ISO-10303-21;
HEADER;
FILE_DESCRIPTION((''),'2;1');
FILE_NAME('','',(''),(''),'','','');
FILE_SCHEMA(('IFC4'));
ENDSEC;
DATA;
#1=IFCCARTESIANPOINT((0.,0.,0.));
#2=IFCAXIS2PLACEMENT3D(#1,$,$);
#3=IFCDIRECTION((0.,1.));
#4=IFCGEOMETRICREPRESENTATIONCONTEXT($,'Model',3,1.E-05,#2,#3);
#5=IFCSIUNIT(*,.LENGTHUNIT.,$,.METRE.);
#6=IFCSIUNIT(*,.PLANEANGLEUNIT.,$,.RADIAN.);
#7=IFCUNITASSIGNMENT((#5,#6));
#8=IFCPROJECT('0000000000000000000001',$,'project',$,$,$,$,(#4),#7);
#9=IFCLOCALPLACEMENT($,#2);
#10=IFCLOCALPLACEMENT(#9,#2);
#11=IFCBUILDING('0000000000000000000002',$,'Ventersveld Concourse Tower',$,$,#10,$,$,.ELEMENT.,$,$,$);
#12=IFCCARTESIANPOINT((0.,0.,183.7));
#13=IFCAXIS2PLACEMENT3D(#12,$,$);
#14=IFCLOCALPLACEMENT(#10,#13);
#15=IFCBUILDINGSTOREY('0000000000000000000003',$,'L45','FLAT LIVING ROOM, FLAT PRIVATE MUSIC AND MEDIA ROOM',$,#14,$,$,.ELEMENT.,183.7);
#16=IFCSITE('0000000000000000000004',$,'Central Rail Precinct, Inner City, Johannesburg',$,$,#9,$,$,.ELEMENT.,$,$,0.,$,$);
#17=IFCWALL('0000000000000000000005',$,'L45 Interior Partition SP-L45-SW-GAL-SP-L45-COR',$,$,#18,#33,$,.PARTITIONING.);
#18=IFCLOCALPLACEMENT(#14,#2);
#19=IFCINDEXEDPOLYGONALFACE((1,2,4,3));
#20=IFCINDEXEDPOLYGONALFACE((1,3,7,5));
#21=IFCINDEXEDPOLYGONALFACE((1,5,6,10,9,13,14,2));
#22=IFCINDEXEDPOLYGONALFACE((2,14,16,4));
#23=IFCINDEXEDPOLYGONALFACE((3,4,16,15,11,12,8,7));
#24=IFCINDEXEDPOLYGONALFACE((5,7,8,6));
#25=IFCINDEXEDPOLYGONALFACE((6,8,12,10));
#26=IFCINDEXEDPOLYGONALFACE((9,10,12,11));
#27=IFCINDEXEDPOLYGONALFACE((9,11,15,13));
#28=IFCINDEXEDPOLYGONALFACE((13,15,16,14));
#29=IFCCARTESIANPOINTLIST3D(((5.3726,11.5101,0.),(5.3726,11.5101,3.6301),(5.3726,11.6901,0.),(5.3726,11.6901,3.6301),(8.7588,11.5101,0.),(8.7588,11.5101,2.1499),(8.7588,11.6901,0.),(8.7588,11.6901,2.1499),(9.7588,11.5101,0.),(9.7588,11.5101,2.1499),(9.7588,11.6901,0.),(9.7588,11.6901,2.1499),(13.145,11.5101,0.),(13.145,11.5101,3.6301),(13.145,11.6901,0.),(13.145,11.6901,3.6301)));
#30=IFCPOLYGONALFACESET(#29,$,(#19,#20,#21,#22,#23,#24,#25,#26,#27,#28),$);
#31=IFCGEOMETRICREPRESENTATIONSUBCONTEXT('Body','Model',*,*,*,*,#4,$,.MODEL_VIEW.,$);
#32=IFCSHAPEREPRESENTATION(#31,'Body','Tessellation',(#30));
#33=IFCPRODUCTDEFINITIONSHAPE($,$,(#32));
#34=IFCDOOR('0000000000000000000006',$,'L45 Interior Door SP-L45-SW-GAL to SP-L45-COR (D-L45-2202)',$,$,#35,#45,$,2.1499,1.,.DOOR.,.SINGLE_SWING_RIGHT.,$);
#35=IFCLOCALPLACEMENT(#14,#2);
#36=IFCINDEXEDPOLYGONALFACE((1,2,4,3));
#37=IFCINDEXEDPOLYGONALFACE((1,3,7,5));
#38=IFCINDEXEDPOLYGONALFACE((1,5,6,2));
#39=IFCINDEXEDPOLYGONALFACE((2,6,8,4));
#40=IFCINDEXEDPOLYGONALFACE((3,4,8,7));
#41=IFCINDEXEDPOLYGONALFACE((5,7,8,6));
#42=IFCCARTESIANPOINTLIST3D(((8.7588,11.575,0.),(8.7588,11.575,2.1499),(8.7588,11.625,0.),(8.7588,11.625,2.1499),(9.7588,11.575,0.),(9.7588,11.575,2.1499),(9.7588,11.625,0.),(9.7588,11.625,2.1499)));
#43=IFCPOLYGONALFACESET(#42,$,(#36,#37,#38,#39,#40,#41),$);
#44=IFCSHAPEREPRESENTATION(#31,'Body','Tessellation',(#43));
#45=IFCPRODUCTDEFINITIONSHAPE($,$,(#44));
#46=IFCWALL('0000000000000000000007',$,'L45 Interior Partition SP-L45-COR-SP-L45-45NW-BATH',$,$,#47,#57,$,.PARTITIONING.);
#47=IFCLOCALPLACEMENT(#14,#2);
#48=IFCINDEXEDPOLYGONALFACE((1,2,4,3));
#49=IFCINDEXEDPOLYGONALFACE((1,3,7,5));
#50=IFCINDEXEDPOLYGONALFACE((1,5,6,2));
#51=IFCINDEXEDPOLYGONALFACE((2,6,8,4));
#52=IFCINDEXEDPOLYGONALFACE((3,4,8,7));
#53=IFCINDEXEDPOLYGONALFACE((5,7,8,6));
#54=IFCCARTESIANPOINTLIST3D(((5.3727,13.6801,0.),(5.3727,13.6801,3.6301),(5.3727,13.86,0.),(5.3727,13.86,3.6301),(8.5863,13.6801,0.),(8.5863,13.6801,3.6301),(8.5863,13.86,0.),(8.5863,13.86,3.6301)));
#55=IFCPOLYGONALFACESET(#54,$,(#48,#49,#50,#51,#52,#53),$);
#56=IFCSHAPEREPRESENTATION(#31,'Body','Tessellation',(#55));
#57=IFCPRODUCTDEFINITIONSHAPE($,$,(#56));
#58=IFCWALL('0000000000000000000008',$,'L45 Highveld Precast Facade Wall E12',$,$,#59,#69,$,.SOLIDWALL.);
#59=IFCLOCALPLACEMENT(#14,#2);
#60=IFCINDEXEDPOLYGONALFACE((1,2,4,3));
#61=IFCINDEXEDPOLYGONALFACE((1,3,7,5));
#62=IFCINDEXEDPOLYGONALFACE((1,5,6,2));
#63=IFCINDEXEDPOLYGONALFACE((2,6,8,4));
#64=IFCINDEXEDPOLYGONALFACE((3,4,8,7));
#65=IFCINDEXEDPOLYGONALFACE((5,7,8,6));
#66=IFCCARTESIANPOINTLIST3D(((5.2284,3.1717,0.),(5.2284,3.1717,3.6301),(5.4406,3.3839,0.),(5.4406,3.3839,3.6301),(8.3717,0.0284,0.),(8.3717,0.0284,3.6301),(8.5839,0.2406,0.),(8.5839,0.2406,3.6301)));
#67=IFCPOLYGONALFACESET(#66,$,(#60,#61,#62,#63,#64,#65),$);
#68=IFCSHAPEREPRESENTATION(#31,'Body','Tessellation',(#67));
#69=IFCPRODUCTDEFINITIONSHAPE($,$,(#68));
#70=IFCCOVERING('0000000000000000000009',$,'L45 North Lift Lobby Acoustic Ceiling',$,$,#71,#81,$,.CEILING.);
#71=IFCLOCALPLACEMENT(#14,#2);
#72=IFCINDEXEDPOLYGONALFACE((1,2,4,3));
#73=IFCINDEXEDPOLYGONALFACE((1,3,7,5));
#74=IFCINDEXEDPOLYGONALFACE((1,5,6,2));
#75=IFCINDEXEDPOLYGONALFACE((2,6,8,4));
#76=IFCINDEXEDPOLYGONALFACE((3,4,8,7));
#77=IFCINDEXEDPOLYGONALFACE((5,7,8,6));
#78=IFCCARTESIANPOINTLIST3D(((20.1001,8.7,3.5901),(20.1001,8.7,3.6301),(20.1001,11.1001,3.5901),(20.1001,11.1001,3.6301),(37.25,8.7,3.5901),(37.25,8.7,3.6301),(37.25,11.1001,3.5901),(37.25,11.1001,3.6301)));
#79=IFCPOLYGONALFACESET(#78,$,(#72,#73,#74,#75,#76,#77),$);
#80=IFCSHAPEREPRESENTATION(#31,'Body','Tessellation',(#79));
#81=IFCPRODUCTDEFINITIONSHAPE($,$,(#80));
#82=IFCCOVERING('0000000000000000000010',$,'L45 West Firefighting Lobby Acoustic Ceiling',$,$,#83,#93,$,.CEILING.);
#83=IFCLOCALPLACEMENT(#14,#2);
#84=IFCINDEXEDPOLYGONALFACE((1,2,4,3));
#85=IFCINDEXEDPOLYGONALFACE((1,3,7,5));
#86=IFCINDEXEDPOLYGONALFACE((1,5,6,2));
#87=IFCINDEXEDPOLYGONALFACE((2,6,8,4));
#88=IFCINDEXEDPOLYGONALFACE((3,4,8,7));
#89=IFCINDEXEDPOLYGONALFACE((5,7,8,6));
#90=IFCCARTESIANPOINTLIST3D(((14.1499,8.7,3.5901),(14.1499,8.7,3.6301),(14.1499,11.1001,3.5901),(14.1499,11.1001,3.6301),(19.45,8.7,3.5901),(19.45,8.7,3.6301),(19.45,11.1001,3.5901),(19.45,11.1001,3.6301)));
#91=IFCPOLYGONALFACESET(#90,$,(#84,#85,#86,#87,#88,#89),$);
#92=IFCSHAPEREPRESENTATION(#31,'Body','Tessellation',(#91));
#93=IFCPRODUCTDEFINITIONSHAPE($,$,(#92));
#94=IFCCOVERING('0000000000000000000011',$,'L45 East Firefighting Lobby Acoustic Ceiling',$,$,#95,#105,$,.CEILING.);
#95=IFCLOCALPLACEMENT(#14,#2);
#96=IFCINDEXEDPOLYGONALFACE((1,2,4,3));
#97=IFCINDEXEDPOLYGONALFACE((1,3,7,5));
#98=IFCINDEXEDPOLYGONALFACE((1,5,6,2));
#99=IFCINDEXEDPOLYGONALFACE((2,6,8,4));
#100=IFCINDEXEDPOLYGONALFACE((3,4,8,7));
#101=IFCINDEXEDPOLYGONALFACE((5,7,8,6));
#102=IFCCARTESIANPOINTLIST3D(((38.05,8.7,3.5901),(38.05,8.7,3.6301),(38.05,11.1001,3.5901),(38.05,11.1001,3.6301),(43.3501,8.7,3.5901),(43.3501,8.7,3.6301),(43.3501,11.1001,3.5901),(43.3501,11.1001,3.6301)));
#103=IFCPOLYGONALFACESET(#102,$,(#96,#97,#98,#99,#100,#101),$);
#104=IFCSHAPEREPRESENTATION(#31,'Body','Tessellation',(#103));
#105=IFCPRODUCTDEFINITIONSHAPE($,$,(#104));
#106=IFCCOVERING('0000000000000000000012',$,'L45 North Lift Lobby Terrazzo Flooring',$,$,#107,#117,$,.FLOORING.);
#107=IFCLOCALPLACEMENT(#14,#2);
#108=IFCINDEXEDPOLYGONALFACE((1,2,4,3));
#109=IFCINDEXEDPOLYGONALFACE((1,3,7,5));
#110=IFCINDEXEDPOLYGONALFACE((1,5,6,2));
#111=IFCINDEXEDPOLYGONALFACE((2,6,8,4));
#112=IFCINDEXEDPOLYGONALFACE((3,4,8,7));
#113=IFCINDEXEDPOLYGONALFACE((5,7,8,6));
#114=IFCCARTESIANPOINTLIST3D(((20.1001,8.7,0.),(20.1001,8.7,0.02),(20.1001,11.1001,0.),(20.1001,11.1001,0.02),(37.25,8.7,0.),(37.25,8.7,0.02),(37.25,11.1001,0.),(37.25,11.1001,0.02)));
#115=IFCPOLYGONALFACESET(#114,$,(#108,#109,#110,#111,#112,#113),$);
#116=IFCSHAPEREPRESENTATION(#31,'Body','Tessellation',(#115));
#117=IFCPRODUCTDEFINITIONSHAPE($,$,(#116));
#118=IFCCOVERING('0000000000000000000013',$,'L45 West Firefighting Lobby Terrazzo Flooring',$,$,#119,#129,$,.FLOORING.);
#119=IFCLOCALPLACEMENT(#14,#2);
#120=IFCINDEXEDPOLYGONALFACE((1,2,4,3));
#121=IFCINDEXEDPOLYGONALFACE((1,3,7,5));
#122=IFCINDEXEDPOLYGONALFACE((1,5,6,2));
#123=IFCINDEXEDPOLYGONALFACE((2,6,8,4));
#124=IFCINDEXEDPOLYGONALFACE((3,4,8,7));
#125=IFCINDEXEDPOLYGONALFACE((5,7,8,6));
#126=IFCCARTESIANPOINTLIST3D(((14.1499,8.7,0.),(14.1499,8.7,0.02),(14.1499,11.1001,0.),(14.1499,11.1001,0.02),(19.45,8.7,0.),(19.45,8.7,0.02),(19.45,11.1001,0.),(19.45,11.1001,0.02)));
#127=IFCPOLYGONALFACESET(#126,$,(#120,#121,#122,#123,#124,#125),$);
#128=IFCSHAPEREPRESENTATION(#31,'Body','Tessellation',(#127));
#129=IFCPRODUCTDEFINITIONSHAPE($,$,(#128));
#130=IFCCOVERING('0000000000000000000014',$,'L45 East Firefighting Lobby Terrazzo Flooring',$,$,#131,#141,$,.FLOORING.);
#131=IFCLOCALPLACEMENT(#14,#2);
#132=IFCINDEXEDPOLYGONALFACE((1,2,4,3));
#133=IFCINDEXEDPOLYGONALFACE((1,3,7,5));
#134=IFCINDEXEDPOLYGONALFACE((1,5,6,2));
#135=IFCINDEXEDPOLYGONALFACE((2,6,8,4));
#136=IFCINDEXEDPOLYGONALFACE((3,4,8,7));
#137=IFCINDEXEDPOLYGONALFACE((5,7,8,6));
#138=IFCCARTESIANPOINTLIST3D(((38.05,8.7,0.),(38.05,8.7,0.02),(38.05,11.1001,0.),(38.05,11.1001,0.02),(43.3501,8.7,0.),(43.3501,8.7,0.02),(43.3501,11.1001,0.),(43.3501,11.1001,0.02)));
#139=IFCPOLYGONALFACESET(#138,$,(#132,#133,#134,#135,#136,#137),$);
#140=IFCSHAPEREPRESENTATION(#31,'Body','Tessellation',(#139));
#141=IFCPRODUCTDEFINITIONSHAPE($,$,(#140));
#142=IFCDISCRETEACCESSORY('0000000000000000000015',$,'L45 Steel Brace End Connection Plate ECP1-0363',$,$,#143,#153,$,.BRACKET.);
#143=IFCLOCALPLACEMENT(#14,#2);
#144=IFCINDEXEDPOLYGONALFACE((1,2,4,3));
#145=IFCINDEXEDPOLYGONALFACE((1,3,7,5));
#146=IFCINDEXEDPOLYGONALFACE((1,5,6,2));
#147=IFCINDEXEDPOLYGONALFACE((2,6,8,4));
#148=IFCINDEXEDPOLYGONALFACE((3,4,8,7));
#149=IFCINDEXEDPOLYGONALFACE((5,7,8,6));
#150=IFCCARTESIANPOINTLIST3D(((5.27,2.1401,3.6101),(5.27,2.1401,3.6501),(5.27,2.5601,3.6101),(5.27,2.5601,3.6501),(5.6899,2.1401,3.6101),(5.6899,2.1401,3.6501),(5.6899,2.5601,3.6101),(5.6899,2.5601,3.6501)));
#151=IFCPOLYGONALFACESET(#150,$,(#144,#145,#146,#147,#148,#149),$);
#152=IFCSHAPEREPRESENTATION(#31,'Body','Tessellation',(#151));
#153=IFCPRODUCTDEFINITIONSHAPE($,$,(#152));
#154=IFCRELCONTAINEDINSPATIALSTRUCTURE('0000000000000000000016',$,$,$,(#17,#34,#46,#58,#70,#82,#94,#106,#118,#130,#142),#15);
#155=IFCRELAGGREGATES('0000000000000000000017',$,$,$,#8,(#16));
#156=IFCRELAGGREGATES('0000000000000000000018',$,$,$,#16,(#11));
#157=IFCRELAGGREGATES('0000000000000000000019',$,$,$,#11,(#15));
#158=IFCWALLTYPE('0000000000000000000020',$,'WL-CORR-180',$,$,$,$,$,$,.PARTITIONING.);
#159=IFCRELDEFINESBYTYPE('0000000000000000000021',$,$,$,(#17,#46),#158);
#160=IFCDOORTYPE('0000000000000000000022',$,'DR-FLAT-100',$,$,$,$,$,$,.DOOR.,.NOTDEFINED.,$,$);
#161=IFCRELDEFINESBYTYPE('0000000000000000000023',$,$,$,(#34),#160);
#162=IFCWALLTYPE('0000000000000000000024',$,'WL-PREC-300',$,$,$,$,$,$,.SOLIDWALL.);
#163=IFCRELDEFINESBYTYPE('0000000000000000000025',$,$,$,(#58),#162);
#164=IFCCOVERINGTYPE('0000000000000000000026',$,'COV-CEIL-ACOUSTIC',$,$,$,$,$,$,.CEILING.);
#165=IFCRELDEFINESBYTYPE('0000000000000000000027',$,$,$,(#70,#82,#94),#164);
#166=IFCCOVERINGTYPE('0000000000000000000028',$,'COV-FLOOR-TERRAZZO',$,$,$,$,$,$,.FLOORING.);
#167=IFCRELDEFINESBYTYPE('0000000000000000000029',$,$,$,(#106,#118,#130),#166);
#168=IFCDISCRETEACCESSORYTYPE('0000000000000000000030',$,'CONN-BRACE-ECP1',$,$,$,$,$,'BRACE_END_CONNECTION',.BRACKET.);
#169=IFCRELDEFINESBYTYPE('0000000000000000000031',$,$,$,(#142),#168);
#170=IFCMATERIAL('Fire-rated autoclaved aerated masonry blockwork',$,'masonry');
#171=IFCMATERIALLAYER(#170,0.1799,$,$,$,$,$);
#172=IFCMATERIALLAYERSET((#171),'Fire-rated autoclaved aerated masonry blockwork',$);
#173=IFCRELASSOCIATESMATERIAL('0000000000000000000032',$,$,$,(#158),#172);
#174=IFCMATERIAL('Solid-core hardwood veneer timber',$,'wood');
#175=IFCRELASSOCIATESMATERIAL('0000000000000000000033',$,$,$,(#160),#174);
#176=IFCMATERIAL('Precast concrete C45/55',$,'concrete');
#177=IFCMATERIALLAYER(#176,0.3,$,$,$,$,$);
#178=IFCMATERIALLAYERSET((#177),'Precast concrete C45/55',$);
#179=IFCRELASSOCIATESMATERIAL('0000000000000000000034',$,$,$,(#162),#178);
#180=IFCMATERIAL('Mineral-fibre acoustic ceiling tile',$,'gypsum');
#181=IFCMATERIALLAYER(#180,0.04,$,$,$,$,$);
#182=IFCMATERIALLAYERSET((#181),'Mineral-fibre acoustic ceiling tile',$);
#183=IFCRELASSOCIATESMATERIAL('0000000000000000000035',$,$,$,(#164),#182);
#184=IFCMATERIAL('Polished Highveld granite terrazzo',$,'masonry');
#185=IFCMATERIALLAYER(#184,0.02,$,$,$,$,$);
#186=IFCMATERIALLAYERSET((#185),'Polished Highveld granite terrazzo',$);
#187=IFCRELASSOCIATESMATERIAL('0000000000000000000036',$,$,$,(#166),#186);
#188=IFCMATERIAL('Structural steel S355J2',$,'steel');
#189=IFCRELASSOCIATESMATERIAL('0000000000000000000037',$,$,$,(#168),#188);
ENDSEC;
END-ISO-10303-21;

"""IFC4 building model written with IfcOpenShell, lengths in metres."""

from ifc_helpers import new_model, si_unit, direction, frame, frame_2d, origin, origin_2d, place, context, subcontext, project, spatial, polyline, rectangle, outline, extrude, material, layer, layer_set, type_object, element, fill, save


model = new_model("IFC4")

# Units and contexts
model_context = context("Model", 3, precision=1e-05, world=origin(), true_north=direction((0.0, 1.0)))
body_context = subcontext(model_context, "Body", "Model", "MODEL_VIEW")
ifc_project = project(units=[si_unit("LENGTHUNIT", "METRE"), si_unit("PLANEANGLEUNIT", "RADIAN")], contexts=[model_context])

# Site, building, storey
site_placement = place(None, origin())
site = spatial("IfcSite", under=ifc_project, at=site_placement, Name="Central Rail Precinct, Inner City, Johannesburg", CompositionType="ELEMENT", RefElevation=0.0)
building_placement = place(site_placement, origin())
building = spatial("IfcBuilding", under=site, at=building_placement, Name="Ventersveld Concourse Tower", CompositionType="ELEMENT")
storey_placement = place(building_placement, frame((0.0, 0.0, 183.7)))
storey = spatial("IfcBuildingStorey", under=building, at=storey_placement, Name="L45", Description="FLAT LIVING ROOM, FLAT PRIVATE MUSIC AND MEDIA ROOM", CompositionType="ELEMENT", Elevation=183.7)

# Wall, opening, door
ifc_material_1 = material(Name="Fire-rated autoclaved aerated masonry blockwork", Category="masonry")
ifc_layer_1 = layer(ifc_material_1, 0.1799)
ifc_layer_set_1 = layer_set([ifc_layer_1], Name="Fire-rated autoclaved aerated masonry blockwork")
wall_type_1 = type_object("IfcWallType", Name="WL-CORR-180", PredefinedType="PARTITIONING", material=ifc_layer_set_1)
wall_1_placement = place(storey_placement, frame((5.3726, 11.6001, 0.0), z_axis=(0.0, 0.0, 1.0), x_axis=(1.0, 0.0, 0.0)))
wall_1 = element("IfcWall", 1, at=wall_1_placement, inside=storey, type_object=wall_type_1, Name="L45 Interior Partition SP-L45-SW-GAL-SP-L45-COR", PredefinedType="PARTITIONING", context=body_context, shape_type="SweptSolid", body=[
    extrude(rectangle(XDim=7.7725, YDim=0.1799, at=frame_2d((3.8862, 0.0))), origin(), (0.0, 0.0, 1.0), 3.6301),
])
opening_placement = place(wall_1_placement, frame((3.3862, 0.0, 0.0)))
opening = element("IfcOpeningElement", 2, at=opening_placement, cuts=wall_1, PredefinedType="OPENING", context=body_context, shape_type="SweptSolid", body=[
    extrude(rectangle(XDim=1.0, YDim=2.1499, at=frame_2d((0.5, 1.075))), frame((0.0, 0.1001, 0.0), z_axis=(0.0, -1.0, 0.0), x_axis=(1.0, 0.0, 0.0)), (0.0, 0.0, 1.0), 0.2),
])
ifc_material_2 = material(Name="Solid-core hardwood veneer timber", Category="wood")
door_type = type_object("IfcDoorType", Name="DR-FLAT-100", OperationType="NOTDEFINED", PredefinedType="DOOR", material=ifc_material_2)
door_placement = place(opening_placement, origin())
door = element("IfcDoor", 3, at=door_placement, inside=storey, type_object=door_type, Name="L45 Interior Door SP-L45-SW-GAL to SP-L45-COR (D-L45-2202)", OperationType="SINGLE_SWING_RIGHT", OverallHeight=2.1499, OverallWidth=1.0, PredefinedType="DOOR", context=body_context, shape_type="SweptSolid", body=[
    extrude(rectangle(XDim=1.0, YDim=2.1499, at=frame_2d((0.5, 1.075))), frame((0.0, 0.0249, 0.0), z_axis=(0.0, -1.0, 0.0), x_axis=(1.0, 0.0, 0.0)), (0.0, 0.0, 1.0), 0.05),
])
fill(opening, door)

# Walls
wall_2_placement = place(storey_placement, frame((5.3726, 13.77, 0.0), z_axis=(0.0, 0.0, 1.0), x_axis=(1.0, 0.0, 0.0)))
element("IfcWall", 4, at=wall_2_placement, inside=storey, type_object=wall_type_1, Name="L45 Interior Partition SP-L45-COR-SP-L45-45NW-BATH", PredefinedType="PARTITIONING", context=body_context, shape_type="SweptSolid", body=[
    extrude(rectangle(XDim=3.2136, YDim=0.1799, at=frame_2d((1.6069, 0.0))), origin(), (0.0, 0.0, 1.0), 3.6301),
])
ifc_material_3 = material(Name="Precast concrete C45/55", Category="concrete")
ifc_layer_2 = layer(ifc_material_3, 0.3)
ifc_layer_set_2 = layer_set([ifc_layer_2], Name="Precast concrete C45/55")
wall_type_2 = type_object("IfcWallType", Name="WL-PREC-300", PredefinedType="SOLIDWALL", material=ifc_layer_set_2)
wall_3_placement = place(storey_placement, frame((5.3345, 3.2778, 0.0), z_axis=(0.0, 0.0, 1.0), x_axis=(0.707107, -0.707107, 0.0)))
element("IfcWall", 5, at=wall_3_placement, inside=storey, type_object=wall_type_2, Name="L45 Highveld Precast Facade Wall E12", PredefinedType="SOLIDWALL", context=body_context, shape_type="SweptSolid", body=[
    extrude(rectangle(XDim=4.4453, YDim=0.3, at=frame_2d((2.2227, 0.0))), origin(), (0.0, 0.0, 1.0), 3.6301),
])

# Coverings
ifc_material_4 = material(Name="Mineral-fibre acoustic ceiling tile", Category="gypsum")
ifc_layer_3 = layer(ifc_material_4, 0.04)
ifc_layer_set_3 = layer_set([ifc_layer_3], Name="Mineral-fibre acoustic ceiling tile")
covering_type_1 = type_object("IfcCoveringType", Name="COV-CEIL-ACOUSTIC", PredefinedType="CEILING", material=ifc_layer_set_3)
covering_1_placement = place(storey_placement, frame((0.0, 0.0, 3.5901)))
element("IfcCovering", 6, at=covering_1_placement, inside=storey, type_object=covering_type_1, Name="L45 North Lift Lobby Acoustic Ceiling", PredefinedType="CEILING", context=body_context, shape_type="SweptSolid", body=[
    extrude(outline(polyline([(20.1001, 8.7), (37.25, 8.7), (37.25, 11.1001), (20.1001, 11.1001), (20.1001, 8.7)])), origin(), (0.0, 0.0, 1.0), 0.04),
])
covering_2_placement = place(storey_placement, frame((0.0, 0.0, 3.5901)))
element("IfcCovering", 7, at=covering_2_placement, inside=storey, type_object=covering_type_1, Name="L45 West Firefighting Lobby Acoustic Ceiling", PredefinedType="CEILING", context=body_context, shape_type="SweptSolid", body=[
    extrude(outline(polyline([(14.1499, 8.7), (19.45, 8.7), (19.45, 11.1001), (14.1499, 11.1001), (14.1499, 8.7)])), origin(), (0.0, 0.0, 1.0), 0.04),
])
covering_3_placement = place(storey_placement, frame((0.0, 0.0, 3.5901)))
element("IfcCovering", 8, at=covering_3_placement, inside=storey, type_object=covering_type_1, Name="L45 East Firefighting Lobby Acoustic Ceiling", PredefinedType="CEILING", context=body_context, shape_type="SweptSolid", body=[
    extrude(outline(polyline([(38.05, 8.7), (43.3501, 8.7), (43.3501, 11.1001), (38.05, 11.1001), (38.05, 8.7)])), origin(), (0.0, 0.0, 1.0), 0.04),
])
ifc_material_5 = material(Name="Polished Highveld granite terrazzo", Category="masonry")
ifc_layer_4 = layer(ifc_material_5, 0.02)
ifc_layer_set_4 = layer_set([ifc_layer_4], Name="Polished Highveld granite terrazzo")
covering_type_2 = type_object("IfcCoveringType", Name="COV-FLOOR-TERRAZZO", PredefinedType="FLOORING", material=ifc_layer_set_4)
covering_4_placement = place(storey_placement, origin())
element("IfcCovering", 9, at=covering_4_placement, inside=storey, type_object=covering_type_2, Name="L45 North Lift Lobby Terrazzo Flooring", PredefinedType="FLOORING", context=body_context, shape_type="SweptSolid", body=[
    extrude(outline(polyline([(20.1001, 8.7), (37.25, 8.7), (37.25, 11.1001), (20.1001, 11.1001), (20.1001, 8.7)])), origin(), (0.0, 0.0, 1.0), 0.02),
])
covering_5_placement = place(storey_placement, origin())
element("IfcCovering", 10, at=covering_5_placement, inside=storey, type_object=covering_type_2, Name="L45 West Firefighting Lobby Terrazzo Flooring", PredefinedType="FLOORING", context=body_context, shape_type="SweptSolid", body=[
    extrude(outline(polyline([(14.1499, 8.7), (19.45, 8.7), (19.45, 11.1001), (14.1499, 11.1001), (14.1499, 8.7)])), origin(), (0.0, 0.0, 1.0), 0.02),
])
covering_6_placement = place(storey_placement, origin())
element("IfcCovering", 11, at=covering_6_placement, inside=storey, type_object=covering_type_2, Name="L45 East Firefighting Lobby Terrazzo Flooring", PredefinedType="FLOORING", context=body_context, shape_type="SweptSolid", body=[
    extrude(outline(polyline([(38.05, 8.7), (43.3501, 8.7), (43.3501, 11.1001), (38.05, 11.1001), (38.05, 8.7)])), origin(), (0.0, 0.0, 1.0), 0.02),
])

# Discrete accessory
ifc_material_6 = material(Name="Structural steel S355J2", Category="steel")
discrete_accessory_type = type_object("IfcDiscreteAccessoryType", Name="CONN-BRACE-ECP1", ElementType="BRACE_END_CONNECTION", PredefinedType="BRACKET", material=ifc_material_6)
discrete_accessory_placement = place(storey_placement, frame((5.48, 2.3501, 3.6101), z_axis=(0.0, 0.0, 1.0), x_axis=(1.0, 0.0, 0.0)))
element("IfcDiscreteAccessory", 12, at=discrete_accessory_placement, inside=storey, type_object=discrete_accessory_type, Name="L45 Steel Brace End Connection Plate ECP1-0363", PredefinedType="BRACKET", context=body_context, shape_type="SweptSolid", body=[
    extrude(rectangle(XDim=0.4199, YDim=0.4199, at=origin_2d()), origin(), (0.0, 0.0, 1.0), 0.04),
])

save(model, "model.ifc")
